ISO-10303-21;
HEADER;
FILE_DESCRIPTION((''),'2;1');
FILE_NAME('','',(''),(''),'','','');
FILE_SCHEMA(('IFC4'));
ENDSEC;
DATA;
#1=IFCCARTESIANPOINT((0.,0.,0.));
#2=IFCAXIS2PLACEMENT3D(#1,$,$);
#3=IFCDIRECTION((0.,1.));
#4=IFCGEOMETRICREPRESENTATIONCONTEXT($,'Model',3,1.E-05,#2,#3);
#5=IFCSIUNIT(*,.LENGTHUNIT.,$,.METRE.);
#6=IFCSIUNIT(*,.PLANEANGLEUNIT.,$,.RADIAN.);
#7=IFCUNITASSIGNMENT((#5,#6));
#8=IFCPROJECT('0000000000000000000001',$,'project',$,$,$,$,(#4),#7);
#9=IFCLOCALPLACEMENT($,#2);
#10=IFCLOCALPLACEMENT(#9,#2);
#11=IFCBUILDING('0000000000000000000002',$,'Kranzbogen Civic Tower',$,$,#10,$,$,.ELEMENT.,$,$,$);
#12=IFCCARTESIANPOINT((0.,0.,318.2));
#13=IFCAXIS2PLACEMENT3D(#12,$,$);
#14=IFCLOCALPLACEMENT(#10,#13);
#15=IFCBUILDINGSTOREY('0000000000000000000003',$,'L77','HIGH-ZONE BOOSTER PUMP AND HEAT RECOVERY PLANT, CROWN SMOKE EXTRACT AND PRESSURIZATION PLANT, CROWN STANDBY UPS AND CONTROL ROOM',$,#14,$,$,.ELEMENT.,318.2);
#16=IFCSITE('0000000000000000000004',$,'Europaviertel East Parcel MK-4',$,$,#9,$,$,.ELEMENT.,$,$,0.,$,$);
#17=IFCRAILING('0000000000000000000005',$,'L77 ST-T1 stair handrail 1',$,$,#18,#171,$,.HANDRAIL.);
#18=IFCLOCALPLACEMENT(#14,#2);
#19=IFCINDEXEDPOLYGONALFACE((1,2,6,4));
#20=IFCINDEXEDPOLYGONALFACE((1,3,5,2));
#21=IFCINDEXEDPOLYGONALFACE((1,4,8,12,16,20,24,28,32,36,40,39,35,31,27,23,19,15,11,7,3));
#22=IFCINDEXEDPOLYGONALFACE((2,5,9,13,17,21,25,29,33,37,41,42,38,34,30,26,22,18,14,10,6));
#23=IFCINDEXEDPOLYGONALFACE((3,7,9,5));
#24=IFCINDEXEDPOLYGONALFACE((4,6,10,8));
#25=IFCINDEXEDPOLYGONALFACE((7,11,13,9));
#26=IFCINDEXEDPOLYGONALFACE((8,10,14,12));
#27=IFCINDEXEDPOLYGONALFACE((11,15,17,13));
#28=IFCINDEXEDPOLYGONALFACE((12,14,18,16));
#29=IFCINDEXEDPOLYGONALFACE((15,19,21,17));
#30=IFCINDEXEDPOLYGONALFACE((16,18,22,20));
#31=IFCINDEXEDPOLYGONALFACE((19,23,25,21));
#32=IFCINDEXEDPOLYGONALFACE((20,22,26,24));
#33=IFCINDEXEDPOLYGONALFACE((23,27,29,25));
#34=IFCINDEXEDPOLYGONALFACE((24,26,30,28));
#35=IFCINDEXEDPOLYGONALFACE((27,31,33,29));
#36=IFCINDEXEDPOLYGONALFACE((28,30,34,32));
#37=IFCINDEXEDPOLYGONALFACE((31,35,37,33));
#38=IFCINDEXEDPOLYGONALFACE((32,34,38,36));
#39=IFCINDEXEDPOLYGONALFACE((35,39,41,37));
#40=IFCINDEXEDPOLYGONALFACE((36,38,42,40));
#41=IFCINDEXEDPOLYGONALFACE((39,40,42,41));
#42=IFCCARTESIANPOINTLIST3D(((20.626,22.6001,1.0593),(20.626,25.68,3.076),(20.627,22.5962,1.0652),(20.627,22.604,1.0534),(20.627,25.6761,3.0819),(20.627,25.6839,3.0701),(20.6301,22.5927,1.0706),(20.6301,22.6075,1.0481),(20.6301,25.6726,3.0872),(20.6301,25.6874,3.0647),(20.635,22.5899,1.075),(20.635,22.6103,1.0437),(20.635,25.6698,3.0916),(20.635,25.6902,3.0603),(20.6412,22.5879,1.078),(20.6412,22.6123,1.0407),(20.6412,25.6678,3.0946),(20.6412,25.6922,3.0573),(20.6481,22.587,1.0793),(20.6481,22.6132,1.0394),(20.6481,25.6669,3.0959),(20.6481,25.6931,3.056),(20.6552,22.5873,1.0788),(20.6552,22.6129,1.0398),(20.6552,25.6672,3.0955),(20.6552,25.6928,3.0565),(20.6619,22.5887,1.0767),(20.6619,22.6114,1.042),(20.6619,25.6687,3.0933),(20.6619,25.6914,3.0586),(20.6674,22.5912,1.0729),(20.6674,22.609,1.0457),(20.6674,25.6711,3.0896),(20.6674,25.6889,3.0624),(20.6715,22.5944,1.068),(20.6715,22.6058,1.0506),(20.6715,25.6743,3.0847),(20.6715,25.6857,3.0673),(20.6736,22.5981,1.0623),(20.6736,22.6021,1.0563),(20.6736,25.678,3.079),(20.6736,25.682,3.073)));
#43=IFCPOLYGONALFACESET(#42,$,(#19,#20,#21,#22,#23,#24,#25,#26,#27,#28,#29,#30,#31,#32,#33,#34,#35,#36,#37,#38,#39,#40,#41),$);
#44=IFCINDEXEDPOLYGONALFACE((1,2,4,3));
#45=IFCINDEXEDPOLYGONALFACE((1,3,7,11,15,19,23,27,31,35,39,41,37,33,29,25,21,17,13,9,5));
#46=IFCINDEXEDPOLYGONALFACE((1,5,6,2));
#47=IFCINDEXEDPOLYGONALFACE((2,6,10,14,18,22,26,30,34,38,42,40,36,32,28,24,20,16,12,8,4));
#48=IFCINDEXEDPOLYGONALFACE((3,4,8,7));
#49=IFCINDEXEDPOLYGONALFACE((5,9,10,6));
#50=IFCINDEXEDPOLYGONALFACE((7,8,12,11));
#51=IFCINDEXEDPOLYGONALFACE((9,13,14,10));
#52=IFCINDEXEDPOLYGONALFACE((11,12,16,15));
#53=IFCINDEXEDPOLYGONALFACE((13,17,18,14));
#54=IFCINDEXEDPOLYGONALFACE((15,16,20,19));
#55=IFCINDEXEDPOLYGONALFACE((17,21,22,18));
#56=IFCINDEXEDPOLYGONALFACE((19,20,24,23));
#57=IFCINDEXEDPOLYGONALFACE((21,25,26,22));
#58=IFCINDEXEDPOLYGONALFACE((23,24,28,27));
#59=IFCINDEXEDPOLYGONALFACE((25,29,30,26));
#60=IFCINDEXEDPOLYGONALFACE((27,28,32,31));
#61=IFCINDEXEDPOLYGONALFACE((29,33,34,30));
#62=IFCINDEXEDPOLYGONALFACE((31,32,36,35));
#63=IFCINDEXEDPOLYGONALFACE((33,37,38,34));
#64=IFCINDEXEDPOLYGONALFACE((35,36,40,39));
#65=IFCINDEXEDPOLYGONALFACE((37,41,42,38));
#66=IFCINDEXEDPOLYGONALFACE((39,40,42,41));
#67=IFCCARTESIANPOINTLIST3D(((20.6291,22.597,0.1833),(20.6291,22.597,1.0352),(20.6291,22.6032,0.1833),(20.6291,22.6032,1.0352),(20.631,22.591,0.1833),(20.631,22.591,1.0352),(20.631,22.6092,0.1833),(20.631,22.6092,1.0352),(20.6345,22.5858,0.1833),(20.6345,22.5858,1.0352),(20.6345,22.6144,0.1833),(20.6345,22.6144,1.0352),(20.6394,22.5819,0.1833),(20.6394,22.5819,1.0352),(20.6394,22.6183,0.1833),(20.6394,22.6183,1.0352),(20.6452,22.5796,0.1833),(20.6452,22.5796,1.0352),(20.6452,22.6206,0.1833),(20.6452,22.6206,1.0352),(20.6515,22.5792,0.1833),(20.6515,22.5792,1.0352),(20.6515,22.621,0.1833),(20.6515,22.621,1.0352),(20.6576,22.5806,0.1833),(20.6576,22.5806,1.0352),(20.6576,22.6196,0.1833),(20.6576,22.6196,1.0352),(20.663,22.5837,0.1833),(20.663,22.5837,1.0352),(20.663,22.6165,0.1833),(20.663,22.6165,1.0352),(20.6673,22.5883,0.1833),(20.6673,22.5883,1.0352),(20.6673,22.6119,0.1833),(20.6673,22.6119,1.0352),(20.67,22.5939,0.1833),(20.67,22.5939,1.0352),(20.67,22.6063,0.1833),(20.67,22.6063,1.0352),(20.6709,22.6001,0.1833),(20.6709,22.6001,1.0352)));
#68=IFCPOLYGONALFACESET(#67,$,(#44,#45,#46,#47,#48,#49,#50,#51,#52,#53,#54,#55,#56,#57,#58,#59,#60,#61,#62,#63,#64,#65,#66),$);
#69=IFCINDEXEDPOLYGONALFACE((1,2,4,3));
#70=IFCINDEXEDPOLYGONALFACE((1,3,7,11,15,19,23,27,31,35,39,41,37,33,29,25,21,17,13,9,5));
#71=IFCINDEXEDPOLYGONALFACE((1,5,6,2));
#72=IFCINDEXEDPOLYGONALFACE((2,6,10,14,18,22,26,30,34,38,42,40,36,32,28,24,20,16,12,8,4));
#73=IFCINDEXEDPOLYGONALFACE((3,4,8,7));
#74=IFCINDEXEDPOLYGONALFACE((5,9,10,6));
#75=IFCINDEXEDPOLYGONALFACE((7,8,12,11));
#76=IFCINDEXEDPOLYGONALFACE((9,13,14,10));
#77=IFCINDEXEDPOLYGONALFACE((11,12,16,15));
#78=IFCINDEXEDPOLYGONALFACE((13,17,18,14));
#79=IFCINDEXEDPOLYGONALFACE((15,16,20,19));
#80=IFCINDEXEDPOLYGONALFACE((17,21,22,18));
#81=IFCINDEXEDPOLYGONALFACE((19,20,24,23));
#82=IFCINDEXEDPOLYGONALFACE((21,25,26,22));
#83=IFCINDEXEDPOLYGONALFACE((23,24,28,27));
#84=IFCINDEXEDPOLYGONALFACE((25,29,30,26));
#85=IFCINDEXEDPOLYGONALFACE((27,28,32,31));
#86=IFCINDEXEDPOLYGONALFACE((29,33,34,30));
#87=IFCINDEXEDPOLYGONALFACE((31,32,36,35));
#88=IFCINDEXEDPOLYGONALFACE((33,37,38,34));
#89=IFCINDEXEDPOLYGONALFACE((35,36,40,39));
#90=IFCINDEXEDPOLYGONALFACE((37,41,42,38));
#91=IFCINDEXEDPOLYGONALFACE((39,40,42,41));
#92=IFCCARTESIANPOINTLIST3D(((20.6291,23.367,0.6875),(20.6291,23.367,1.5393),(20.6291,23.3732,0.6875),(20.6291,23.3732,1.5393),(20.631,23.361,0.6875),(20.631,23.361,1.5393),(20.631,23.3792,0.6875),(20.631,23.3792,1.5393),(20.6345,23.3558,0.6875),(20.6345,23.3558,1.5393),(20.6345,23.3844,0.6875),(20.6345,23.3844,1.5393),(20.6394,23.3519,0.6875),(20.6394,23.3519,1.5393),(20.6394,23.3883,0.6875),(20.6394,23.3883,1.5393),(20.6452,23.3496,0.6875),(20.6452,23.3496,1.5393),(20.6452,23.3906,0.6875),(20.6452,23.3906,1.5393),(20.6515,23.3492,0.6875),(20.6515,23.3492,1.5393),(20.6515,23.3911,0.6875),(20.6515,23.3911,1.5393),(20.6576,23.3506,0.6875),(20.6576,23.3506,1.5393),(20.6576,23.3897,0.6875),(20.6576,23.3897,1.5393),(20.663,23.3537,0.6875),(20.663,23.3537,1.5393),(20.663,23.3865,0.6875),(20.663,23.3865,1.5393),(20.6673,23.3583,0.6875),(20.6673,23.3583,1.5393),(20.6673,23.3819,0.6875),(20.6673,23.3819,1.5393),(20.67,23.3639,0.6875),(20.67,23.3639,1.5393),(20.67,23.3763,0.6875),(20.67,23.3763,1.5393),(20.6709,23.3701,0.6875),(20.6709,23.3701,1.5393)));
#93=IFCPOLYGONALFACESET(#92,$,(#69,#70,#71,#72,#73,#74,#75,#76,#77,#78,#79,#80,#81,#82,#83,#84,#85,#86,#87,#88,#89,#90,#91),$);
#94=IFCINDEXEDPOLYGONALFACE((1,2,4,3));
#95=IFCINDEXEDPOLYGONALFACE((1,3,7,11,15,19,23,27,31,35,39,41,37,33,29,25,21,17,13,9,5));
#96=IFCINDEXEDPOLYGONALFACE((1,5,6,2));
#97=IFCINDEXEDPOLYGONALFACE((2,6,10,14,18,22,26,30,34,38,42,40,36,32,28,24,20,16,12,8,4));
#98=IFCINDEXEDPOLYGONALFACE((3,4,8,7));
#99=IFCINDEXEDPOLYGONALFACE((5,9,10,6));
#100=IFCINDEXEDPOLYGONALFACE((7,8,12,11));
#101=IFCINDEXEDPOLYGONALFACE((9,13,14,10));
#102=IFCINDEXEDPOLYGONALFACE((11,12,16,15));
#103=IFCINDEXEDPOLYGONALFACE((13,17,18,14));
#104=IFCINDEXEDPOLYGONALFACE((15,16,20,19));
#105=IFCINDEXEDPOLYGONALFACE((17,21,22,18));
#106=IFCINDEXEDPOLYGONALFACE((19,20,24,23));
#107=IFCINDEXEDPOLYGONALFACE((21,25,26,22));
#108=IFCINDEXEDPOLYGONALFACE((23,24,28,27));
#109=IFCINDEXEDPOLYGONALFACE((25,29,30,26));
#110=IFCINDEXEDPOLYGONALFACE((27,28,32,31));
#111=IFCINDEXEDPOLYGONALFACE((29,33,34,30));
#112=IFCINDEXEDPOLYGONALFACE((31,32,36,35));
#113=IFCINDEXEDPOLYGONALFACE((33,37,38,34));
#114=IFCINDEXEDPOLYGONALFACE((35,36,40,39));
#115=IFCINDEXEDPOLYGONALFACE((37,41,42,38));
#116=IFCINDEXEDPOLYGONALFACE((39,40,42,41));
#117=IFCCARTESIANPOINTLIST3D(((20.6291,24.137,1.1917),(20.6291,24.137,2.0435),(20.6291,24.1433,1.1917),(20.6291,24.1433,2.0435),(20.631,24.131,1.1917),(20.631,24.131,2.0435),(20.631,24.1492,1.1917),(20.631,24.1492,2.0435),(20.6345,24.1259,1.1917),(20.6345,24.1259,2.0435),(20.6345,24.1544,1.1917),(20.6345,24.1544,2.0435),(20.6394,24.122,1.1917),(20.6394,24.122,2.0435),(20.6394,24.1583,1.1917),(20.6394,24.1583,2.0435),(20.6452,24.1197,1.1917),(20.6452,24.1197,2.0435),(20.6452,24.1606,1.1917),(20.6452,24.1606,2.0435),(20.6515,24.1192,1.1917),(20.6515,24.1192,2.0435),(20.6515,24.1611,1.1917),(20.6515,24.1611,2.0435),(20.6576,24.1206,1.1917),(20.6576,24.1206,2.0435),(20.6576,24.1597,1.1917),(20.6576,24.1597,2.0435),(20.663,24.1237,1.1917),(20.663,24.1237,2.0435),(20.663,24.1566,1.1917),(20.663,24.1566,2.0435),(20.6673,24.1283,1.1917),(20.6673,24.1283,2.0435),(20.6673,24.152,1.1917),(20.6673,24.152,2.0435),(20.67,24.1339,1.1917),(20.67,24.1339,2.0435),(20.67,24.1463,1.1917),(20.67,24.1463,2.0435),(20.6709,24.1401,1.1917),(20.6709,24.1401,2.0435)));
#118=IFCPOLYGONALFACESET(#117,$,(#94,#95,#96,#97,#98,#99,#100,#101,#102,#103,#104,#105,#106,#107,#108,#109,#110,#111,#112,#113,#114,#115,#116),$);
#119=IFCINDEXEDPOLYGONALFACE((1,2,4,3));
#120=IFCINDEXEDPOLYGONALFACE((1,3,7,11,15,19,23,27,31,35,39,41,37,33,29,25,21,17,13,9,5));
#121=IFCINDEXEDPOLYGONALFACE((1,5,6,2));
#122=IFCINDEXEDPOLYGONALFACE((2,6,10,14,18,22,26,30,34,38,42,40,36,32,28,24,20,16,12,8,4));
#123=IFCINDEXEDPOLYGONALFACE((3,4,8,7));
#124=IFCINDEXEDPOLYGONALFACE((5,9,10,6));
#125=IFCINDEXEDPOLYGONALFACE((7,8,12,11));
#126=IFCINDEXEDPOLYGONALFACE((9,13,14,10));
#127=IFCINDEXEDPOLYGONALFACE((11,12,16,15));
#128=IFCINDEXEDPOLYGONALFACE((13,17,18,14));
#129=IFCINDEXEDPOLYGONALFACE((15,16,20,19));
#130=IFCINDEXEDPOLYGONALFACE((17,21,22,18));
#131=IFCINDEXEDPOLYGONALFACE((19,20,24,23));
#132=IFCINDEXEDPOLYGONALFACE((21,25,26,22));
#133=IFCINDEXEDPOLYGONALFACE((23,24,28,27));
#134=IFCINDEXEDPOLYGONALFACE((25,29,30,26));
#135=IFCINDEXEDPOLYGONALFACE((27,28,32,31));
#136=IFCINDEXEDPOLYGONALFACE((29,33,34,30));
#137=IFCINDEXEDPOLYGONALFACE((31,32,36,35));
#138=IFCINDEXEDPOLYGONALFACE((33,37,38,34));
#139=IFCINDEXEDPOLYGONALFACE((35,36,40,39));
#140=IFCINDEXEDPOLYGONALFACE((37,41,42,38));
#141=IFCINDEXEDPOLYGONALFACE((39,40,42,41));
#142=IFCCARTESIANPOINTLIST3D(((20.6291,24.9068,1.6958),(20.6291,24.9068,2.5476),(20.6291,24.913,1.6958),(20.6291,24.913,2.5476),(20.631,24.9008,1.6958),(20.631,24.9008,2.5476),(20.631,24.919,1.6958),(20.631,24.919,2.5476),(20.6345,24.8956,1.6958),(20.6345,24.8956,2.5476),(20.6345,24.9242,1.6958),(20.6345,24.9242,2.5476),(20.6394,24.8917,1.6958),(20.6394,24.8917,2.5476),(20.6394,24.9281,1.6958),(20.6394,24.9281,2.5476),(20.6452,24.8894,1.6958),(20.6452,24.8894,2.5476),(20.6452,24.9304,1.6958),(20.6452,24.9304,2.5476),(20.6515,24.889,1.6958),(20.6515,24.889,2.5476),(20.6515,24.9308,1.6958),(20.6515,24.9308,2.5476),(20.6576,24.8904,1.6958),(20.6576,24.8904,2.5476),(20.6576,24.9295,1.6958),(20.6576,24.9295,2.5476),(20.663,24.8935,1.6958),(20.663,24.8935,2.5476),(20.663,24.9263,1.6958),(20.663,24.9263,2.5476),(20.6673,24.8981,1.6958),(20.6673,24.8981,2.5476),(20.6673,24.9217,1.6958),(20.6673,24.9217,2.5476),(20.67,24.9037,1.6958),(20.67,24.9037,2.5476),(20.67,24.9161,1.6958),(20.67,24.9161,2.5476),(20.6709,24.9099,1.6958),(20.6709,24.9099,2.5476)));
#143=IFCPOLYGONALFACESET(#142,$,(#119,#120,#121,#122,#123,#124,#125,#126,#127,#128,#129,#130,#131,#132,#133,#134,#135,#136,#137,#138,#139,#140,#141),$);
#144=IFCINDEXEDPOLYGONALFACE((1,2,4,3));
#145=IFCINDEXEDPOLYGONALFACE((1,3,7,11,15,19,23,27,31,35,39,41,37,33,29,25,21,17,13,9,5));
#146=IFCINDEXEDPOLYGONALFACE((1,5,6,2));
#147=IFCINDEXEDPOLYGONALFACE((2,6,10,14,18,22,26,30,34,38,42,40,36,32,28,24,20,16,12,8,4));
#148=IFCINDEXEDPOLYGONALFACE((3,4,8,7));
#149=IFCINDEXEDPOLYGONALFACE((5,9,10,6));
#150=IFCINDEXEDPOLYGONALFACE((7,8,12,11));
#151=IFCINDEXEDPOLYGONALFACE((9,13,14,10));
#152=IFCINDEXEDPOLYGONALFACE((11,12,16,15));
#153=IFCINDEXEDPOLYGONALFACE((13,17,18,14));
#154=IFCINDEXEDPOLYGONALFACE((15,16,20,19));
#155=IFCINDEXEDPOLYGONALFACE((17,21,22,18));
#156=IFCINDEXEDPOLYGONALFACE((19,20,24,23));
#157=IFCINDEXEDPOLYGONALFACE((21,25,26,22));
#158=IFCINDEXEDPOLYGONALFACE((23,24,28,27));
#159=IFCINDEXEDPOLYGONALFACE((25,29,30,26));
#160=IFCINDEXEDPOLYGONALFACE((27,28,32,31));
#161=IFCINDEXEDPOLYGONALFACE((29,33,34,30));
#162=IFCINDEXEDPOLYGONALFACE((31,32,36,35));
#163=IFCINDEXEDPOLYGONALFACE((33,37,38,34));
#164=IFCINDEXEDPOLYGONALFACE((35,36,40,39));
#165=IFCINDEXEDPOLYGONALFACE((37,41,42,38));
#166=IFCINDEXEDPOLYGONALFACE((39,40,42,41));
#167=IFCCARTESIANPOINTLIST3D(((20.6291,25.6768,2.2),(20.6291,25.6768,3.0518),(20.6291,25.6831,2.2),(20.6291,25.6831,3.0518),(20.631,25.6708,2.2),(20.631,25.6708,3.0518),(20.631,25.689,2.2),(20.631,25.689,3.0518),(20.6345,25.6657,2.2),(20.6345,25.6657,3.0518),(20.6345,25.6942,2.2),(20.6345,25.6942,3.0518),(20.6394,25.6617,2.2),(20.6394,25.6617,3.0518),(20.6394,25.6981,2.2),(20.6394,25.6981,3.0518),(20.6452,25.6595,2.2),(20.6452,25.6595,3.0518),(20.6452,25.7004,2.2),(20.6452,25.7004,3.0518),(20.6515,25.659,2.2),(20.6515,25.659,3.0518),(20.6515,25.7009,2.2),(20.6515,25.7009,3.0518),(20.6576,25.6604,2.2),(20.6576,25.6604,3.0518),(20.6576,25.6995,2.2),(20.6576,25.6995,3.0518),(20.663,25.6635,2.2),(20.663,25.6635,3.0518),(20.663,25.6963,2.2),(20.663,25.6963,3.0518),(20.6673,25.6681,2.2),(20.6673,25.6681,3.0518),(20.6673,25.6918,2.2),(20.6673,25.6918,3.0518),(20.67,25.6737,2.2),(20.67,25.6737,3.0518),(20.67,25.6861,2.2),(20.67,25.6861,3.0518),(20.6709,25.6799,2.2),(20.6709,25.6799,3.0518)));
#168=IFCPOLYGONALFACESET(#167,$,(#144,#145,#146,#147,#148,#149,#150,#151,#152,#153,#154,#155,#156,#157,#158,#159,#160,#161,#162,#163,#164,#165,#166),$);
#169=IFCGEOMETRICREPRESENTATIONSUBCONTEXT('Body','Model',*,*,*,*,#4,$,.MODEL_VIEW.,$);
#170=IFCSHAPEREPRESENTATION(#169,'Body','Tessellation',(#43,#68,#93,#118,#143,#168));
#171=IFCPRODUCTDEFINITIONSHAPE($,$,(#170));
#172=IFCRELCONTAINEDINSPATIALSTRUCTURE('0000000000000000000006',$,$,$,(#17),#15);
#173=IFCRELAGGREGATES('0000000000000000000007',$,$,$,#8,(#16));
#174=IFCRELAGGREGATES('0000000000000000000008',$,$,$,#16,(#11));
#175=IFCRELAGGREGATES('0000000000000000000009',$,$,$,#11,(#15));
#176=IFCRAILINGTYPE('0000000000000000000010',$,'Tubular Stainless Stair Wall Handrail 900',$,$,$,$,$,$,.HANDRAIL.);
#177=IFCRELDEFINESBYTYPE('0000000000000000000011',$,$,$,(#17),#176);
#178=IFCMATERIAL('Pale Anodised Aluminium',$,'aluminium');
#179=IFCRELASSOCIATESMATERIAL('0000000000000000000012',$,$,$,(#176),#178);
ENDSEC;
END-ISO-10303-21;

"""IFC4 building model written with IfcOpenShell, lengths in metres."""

from ifc_helpers import new_model, si_unit, direction, frame, origin, origin_2d, place, context, subcontext, project, spatial, circle, extrude, material, type_object, element, save


model = new_model("IFC4")

# Units and contexts
model_context = context("Model", 3, precision=1e-05, world=origin(), true_north=direction((0.0, 1.0)))
body_context = subcontext(model_context, "Body", "Model", "MODEL_VIEW")
ifc_project = project(units=[si_unit("LENGTHUNIT", "METRE"), si_unit("PLANEANGLEUNIT", "RADIAN")], contexts=[model_context])

# Site, building, storey
site_placement = place(None, origin())
site = spatial("IfcSite", under=ifc_project, at=site_placement, Name="Europaviertel East Parcel MK-4", CompositionType="ELEMENT", RefElevation=0.0)
building_placement = place(site_placement, origin())
building = spatial("IfcBuilding", under=site, at=building_placement, Name="Kranzbogen Civic Tower", CompositionType="ELEMENT")
storey_placement = place(building_placement, frame((0.0, 0.0, 318.2)))
storey = spatial("IfcBuildingStorey", under=building, at=storey_placement, Name="L77", Description="HIGH-ZONE BOOSTER PUMP AND HEAT RECOVERY PLANT, CROWN SMOKE EXTRACT AND PRESSURIZATION PLANT, CROWN STANDBY UPS AND CONTROL ROOM", CompositionType="ELEMENT", Elevation=318.2)

# Shared definitions
ifc_material_1 = material(Name="Pale Anodised Aluminium", Category="aluminium")

# Railing
railing_type_1 = type_object("IfcRailingType", Name="Tubular Stainless Stair Wall Handrail 900", PredefinedType="HANDRAIL", material=ifc_material_1)
railing_1_placement = place(storey_placement, frame((20.6499, 22.6001, 0.1833)))
element("IfcRailing", 1, at=railing_1_placement, inside=storey, type_object=railing_type_1, Name="L77 ST-T1 stair handrail 1", PredefinedType="HANDRAIL", context=body_context, shape_type="SweptSolid", body=[
    extrude(circle(Radius=0.0239, at=origin_2d()), frame((0.0, 0.0, 0.876), z_axis=(0.0, 0.836613, 0.547794), x_axis=(-1.0, 0.0, 0.0)), (0.0, 0.0, 1.0), 3.6814),
    extrude(circle(Radius=0.021, at=origin_2d()), origin(), (0.0, 0.0, 1.0), 0.8518),
    extrude(circle(Radius=0.021, at=origin_2d()), frame((0.0, 0.77, 0.5042)), (0.0, 0.0, 1.0), 0.8518),
    extrude(circle(Radius=0.021, at=origin_2d()), frame((0.0, 1.54, 1.0083)), (0.0, 0.0, 1.0), 0.8518),
    extrude(circle(Radius=0.021, at=origin_2d()), frame((0.0, 2.3098, 1.5125)), (0.0, 0.0, 1.0), 0.8518),
    extrude(circle(Radius=0.021, at=origin_2d()), frame((0.0, 3.0798, 2.0166)), (0.0, 0.0, 1.0), 0.8518),
])

save(model, "model.ifc")
